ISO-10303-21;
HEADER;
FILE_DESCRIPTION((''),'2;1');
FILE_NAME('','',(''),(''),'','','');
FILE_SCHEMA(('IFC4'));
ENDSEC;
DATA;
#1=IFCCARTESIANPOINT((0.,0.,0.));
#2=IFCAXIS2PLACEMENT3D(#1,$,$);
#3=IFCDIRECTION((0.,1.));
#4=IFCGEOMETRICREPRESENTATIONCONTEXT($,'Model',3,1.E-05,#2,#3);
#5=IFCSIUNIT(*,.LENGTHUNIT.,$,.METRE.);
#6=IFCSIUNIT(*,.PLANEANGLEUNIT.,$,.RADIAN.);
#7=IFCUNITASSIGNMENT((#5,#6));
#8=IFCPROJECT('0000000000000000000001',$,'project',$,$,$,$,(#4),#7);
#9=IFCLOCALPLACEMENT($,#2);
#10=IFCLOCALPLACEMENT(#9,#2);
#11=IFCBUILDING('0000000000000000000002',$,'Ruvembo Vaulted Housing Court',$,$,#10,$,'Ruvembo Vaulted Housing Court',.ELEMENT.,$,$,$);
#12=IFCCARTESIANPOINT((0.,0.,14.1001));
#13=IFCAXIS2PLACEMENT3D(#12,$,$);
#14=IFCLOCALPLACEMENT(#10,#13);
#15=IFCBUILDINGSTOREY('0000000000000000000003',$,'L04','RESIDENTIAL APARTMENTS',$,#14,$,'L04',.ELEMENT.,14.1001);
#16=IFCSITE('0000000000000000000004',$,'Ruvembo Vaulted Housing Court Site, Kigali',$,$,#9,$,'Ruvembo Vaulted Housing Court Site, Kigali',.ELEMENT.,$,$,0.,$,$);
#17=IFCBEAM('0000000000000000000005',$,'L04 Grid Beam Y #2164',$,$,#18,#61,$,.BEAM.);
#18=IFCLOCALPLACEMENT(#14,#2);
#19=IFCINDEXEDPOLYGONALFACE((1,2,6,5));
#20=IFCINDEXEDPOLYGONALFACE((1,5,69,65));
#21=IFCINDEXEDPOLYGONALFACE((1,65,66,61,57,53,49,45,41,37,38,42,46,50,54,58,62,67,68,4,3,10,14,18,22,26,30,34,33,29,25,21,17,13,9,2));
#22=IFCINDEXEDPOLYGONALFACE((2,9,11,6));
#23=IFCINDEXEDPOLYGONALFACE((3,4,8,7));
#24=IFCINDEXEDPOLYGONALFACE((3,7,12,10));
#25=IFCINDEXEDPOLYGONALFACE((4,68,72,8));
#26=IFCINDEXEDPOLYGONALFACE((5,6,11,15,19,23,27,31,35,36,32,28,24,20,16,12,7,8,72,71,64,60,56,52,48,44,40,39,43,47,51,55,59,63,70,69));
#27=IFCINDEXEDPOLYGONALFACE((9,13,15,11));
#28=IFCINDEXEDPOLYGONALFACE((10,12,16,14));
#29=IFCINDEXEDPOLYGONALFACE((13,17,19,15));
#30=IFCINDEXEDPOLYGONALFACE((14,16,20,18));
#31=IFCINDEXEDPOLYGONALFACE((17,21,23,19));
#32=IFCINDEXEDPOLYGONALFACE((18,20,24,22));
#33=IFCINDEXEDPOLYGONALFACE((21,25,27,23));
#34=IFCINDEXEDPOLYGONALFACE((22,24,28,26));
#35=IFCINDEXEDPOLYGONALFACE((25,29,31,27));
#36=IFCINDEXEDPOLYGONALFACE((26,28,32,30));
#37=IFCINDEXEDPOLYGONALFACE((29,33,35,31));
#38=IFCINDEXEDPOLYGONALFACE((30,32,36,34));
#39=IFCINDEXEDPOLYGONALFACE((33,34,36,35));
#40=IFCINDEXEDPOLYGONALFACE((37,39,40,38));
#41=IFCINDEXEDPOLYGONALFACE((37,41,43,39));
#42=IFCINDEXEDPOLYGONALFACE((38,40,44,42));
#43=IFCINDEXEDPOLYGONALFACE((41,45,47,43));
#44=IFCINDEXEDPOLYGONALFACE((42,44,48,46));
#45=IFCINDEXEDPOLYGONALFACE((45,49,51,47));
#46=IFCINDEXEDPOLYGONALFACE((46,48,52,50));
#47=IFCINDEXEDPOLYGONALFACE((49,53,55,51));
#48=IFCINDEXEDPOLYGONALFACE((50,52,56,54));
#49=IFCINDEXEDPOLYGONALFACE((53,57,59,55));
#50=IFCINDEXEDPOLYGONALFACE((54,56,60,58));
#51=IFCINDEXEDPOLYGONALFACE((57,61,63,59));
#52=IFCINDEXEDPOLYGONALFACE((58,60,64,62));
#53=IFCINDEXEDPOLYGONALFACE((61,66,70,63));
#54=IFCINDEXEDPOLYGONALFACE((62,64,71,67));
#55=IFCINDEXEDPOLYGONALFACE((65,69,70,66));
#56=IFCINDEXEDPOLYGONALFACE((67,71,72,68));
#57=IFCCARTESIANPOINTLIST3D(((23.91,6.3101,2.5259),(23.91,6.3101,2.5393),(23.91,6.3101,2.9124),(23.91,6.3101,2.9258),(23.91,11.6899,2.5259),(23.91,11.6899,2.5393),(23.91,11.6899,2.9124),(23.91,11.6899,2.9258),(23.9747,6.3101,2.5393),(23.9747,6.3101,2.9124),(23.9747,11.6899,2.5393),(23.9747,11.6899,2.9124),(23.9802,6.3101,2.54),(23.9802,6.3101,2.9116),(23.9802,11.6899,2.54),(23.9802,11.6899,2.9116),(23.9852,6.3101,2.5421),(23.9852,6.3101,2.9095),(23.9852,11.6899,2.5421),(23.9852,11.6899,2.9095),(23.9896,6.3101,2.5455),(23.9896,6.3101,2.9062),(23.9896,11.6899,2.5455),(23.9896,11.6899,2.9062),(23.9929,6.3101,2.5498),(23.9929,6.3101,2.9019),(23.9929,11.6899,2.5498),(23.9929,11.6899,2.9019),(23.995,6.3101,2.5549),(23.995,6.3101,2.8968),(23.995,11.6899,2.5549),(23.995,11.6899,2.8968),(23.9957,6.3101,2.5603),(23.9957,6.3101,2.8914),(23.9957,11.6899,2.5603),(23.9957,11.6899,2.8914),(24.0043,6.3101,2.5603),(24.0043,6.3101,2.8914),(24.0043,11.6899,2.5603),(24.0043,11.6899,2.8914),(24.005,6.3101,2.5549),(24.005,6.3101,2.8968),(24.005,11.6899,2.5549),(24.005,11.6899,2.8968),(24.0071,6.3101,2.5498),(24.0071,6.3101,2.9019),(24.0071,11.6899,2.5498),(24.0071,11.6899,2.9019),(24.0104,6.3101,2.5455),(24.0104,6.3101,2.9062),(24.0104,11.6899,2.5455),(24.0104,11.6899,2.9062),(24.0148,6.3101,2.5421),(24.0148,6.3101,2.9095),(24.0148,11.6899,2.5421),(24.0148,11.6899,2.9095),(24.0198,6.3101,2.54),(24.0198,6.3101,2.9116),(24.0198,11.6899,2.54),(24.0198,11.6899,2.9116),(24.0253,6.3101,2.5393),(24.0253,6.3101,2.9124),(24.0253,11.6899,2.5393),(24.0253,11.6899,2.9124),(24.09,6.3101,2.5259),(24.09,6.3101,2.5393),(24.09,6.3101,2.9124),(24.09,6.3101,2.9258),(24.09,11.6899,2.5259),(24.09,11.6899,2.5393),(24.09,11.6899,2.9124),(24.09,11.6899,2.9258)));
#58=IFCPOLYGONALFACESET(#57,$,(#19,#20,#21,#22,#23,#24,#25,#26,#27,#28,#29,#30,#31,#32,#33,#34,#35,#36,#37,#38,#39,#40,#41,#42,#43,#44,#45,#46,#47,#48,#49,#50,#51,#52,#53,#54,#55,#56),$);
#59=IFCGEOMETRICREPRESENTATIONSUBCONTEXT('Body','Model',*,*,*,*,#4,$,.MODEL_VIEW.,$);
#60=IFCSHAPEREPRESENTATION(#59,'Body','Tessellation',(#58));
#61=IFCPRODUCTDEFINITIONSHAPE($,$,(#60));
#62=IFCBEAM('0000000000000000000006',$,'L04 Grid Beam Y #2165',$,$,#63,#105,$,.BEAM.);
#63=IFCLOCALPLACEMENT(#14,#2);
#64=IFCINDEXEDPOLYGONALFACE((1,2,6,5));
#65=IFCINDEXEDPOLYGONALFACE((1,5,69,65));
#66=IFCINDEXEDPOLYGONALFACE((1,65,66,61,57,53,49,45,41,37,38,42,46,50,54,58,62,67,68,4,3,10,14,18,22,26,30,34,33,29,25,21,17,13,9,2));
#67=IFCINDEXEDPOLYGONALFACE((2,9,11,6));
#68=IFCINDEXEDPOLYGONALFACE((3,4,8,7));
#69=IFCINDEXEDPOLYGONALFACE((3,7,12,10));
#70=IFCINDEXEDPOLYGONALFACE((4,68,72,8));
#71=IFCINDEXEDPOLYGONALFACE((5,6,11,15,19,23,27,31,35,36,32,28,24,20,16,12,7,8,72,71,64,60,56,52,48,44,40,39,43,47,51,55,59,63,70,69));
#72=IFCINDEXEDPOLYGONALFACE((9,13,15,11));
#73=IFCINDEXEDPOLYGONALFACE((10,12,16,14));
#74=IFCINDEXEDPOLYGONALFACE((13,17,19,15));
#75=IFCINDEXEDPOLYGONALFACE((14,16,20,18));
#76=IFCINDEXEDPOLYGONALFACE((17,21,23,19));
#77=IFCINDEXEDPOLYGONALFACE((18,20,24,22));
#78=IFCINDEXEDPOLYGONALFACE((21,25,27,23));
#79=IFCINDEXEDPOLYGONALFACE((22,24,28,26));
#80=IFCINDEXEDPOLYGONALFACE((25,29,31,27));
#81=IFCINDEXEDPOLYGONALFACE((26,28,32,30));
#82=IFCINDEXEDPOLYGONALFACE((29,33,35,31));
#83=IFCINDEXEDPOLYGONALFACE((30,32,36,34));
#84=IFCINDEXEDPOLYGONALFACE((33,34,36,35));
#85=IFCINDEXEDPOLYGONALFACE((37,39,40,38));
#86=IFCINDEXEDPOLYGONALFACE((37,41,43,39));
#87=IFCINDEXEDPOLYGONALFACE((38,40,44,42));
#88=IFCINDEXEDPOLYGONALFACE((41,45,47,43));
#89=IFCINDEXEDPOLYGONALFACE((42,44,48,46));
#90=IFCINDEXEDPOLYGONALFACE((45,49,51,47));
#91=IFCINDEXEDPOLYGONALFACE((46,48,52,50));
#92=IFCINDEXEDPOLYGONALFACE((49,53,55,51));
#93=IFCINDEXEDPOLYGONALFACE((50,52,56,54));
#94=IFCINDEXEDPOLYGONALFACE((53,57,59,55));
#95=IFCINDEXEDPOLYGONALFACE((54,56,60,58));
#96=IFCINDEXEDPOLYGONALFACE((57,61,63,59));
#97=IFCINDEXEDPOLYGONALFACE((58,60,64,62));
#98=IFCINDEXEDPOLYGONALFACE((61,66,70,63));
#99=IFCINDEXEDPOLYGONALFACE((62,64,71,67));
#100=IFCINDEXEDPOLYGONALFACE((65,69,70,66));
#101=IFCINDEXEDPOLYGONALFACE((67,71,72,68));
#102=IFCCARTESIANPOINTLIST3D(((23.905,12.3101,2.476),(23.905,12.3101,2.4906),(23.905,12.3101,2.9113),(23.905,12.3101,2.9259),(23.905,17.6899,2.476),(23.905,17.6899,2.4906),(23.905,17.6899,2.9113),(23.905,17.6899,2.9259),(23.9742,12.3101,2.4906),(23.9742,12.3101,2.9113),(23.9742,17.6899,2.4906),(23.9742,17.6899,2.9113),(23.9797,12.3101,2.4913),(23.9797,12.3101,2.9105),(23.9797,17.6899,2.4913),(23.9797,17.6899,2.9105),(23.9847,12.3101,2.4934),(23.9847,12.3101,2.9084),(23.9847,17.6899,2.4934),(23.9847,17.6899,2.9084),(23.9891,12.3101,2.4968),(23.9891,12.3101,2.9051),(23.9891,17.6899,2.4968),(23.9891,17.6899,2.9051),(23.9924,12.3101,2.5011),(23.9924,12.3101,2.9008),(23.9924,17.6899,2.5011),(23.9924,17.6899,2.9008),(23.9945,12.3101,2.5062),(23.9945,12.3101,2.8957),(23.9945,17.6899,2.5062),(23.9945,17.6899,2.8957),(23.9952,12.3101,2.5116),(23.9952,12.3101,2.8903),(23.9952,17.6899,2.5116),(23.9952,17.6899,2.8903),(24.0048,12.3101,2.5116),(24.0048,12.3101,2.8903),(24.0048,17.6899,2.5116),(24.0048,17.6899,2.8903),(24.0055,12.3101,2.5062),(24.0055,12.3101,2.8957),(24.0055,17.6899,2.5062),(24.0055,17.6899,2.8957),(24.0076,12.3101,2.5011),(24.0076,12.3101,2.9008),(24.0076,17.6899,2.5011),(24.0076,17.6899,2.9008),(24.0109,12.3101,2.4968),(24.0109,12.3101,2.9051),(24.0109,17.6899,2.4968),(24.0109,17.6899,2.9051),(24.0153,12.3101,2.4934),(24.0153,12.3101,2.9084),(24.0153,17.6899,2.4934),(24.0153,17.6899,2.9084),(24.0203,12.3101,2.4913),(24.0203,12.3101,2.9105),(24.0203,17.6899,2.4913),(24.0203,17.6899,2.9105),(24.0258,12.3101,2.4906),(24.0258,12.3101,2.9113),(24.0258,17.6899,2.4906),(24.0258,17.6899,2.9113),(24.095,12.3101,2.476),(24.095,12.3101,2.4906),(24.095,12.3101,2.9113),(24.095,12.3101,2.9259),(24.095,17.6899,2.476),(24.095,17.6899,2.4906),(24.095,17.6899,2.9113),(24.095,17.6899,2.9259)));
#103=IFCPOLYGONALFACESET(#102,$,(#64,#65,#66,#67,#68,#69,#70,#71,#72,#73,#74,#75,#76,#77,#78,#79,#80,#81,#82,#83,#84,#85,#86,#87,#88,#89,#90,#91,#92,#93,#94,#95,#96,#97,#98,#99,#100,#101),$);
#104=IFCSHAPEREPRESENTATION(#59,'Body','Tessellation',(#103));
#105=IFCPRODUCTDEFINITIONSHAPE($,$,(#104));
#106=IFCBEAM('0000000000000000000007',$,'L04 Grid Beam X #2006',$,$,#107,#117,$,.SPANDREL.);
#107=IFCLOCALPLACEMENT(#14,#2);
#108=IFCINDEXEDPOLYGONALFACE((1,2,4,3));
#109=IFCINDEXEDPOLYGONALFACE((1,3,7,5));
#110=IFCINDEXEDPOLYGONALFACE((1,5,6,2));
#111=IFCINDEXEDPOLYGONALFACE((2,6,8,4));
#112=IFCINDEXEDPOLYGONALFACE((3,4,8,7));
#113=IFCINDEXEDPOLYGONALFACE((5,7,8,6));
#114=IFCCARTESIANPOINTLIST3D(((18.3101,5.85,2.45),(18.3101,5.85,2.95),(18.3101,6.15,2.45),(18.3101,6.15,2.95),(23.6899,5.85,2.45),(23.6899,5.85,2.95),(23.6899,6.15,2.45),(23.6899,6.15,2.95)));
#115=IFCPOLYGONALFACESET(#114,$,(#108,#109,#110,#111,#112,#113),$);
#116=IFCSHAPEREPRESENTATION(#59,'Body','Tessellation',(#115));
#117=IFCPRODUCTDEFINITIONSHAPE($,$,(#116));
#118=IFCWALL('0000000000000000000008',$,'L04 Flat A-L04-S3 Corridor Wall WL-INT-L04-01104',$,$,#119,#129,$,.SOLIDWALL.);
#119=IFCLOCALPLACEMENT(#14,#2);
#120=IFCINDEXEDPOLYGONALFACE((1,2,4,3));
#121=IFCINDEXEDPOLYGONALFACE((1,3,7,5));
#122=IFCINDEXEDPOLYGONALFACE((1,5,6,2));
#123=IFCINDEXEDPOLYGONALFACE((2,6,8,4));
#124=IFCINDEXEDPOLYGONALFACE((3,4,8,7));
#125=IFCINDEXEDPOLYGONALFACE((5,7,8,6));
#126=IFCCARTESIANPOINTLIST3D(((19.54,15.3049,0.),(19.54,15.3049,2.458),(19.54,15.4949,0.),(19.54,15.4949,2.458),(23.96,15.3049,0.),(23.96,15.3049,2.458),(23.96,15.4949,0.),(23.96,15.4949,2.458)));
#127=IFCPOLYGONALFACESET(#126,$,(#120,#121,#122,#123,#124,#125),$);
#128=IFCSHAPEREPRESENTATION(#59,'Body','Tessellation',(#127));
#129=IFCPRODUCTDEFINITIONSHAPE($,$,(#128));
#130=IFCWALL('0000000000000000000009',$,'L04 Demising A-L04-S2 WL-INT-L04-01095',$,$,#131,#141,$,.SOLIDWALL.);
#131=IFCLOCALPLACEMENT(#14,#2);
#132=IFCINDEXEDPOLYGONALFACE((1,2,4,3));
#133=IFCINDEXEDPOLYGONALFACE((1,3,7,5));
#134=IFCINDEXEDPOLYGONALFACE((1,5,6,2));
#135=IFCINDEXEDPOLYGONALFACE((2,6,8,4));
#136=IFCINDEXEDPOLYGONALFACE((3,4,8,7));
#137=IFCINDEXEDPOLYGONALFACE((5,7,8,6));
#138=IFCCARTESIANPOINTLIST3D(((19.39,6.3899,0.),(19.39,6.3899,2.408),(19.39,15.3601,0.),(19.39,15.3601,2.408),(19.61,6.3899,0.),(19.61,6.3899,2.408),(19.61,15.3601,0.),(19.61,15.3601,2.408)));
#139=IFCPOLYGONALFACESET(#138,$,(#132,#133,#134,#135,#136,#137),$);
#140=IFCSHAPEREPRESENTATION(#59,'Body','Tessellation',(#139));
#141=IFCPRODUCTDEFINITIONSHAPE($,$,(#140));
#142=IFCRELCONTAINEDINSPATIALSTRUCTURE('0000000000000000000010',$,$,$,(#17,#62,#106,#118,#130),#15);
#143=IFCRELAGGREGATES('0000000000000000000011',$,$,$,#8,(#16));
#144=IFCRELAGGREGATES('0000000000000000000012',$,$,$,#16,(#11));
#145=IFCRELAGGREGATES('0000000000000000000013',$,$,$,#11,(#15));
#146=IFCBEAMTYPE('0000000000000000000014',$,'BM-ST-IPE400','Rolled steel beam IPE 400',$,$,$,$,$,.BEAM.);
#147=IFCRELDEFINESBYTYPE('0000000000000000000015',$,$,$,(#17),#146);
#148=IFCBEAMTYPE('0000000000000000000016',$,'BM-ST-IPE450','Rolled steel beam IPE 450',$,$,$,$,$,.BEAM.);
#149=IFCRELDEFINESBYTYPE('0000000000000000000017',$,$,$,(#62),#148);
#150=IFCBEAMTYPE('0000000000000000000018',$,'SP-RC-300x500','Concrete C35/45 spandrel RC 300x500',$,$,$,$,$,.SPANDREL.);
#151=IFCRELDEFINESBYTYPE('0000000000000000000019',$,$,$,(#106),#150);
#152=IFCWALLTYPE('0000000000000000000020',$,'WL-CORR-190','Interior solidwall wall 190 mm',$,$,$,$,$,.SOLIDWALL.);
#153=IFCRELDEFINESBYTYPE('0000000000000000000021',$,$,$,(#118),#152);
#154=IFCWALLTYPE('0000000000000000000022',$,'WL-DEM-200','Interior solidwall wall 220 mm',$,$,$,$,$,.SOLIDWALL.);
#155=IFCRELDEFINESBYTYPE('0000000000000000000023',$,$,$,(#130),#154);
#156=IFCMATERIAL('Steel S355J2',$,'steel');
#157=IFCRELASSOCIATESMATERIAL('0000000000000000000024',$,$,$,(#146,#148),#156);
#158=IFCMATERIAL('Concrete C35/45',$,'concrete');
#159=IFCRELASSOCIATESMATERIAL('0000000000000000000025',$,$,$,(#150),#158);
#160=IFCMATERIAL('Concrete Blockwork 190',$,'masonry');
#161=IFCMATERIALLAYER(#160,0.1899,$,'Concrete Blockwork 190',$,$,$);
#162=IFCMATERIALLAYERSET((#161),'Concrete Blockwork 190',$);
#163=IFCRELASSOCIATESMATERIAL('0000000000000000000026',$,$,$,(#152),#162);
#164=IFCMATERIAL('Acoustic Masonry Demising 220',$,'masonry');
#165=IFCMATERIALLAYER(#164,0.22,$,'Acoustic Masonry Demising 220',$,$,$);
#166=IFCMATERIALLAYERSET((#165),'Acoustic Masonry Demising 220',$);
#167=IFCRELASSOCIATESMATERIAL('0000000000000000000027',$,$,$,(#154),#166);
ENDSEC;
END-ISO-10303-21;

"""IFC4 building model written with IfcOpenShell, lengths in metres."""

from ifc_helpers import new_model, si_unit, direction, frame, frame_2d, origin, origin_2d, place, context, subcontext, project, spatial, rectangle, i_section, extrude, material, layer, layer_set, material_profile, profile_set, type_object, element, save


model = new_model("IFC4")

# Units and contexts
model_context = context("Model", 3, precision=1e-05, world=origin(), true_north=direction((0.0, 1.0)))
body_context = subcontext(model_context, "Body", "Model", "MODEL_VIEW")
ifc_project = project(units=[si_unit("LENGTHUNIT", "METRE"), si_unit("PLANEANGLEUNIT", "RADIAN")], contexts=[model_context])

# Site, building, storey
site_placement = place(None, origin())
site = spatial("IfcSite", under=ifc_project, at=site_placement, Name="Ruvembo Vaulted Housing Court Site, Kigali", LongName="Ruvembo Vaulted Housing Court Site, Kigali", CompositionType="ELEMENT", RefElevation=0.0)
building_placement = place(site_placement, origin())
building = spatial("IfcBuilding", under=site, at=building_placement, Name="Ruvembo Vaulted Housing Court", LongName="Ruvembo Vaulted Housing Court", CompositionType="ELEMENT")
storey_placement = place(building_placement, frame((0.0, 0.0, 14.1001)))
storey = spatial("IfcBuildingStorey", under=building, at=storey_placement, Name="L04", Description="RESIDENTIAL APARTMENTS", LongName="L04", CompositionType="ELEMENT", Elevation=14.1001)

# Beams
ifc_material_1 = material(Name="Steel S355J2", Category="steel")
ifc_material_profile_1 = material_profile(ifc_material_1, i_section(OverallWidth=0.1799, OverallDepth=0.3999, WebThickness=0.0085, FlangeThickness=0.0134, FilletRadius=0.021, at=origin_2d()), Name="IPE 400")
ifc_profile_set_1 = profile_set([ifc_material_profile_1], Name="Steel S355J2")
beam_type_1 = type_object("IfcBeamType", Name="BM-ST-IPE400", Description="Rolled steel beam IPE 400", PredefinedType="BEAM", material=ifc_profile_set_1)
for number, where, z_axis, x_axis, name in (
    (1, (24.0, 6.3101, 2.7258), (0.0, 1.0, 0.0), (-1.0, 0.0, 0.0), "L04 Grid Beam Y #2164"),
):
    element("IfcBeam", number, at=place(storey_placement, frame(where, z_axis=z_axis, x_axis=x_axis)), inside=storey, type_object=beam_type_1, Name=name, PredefinedType="BEAM", context=body_context, shape_type="SweptSolid", body=[
        extrude(i_section(OverallWidth=0.1799, OverallDepth=0.3999, WebThickness=0.0085, FlangeThickness=0.0134, FilletRadius=0.021, at=origin_2d()), origin(), (0.0, 0.0, 1.0), 5.3799),
    ])
ifc_material_profile_2 = material_profile(ifc_material_1, i_section(OverallWidth=0.1899, OverallDepth=0.45, WebThickness=0.0095, FlangeThickness=0.0146, FilletRadius=0.021, at=origin_2d()), Name="IPE 450")
ifc_profile_set_2 = profile_set([ifc_material_profile_2], Name="Steel S355J2")
beam_type_2 = type_object("IfcBeamType", Name="BM-ST-IPE450", Description="Rolled steel beam IPE 450", PredefinedType="BEAM", material=ifc_profile_set_2)
beam_1_placement = place(storey_placement, frame((24.0, 12.3101, 2.7009), z_axis=(0.0, 1.0, 0.0), x_axis=(-1.0, 0.0, 0.0)))
element("IfcBeam", 2, at=beam_1_placement, inside=storey, type_object=beam_type_2, Name="L04 Grid Beam Y #2165", PredefinedType="BEAM", context=body_context, shape_type="SweptSolid", body=[
    extrude(i_section(OverallWidth=0.1899, OverallDepth=0.45, WebThickness=0.0095, FlangeThickness=0.0146, FilletRadius=0.021, at=origin_2d()), origin(), (0.0, 0.0, 1.0), 5.3799),
])
ifc_material_2 = material(Name="Concrete C35/45", Category="concrete")
ifc_material_profile_3 = material_profile(ifc_material_2, rectangle(XDim=0.3, YDim=0.5, at=origin_2d()), Name="RC 300x500")
ifc_profile_set_3 = profile_set([ifc_material_profile_3], Name="Concrete C35/45")
beam_type_3 = type_object("IfcBeamType", Name="SP-RC-300x500", Description="Concrete C35/45 spandrel RC 300x500", PredefinedType="SPANDREL", material=ifc_profile_set_3)
beam_2_placement = place(storey_placement, frame((18.3101, 6.0, 2.7), z_axis=(1.0, 0.0, 0.0), x_axis=(0.0, 1.0, 0.0)))
element("IfcBeam", 3, at=beam_2_placement, inside=storey, type_object=beam_type_3, Name="L04 Grid Beam X #2006", PredefinedType="SPANDREL", context=body_context, shape_type="SweptSolid", body=[
    extrude(rectangle(XDim=0.3, YDim=0.5, at=origin_2d()), origin(), (0.0, 0.0, 1.0), 5.3799),
])

# Walls
ifc_material_3 = material(Name="Concrete Blockwork 190", Category="masonry")
ifc_layer_1 = layer(ifc_material_3, 0.1899, Name="Concrete Blockwork 190")
ifc_layer_set_1 = layer_set([ifc_layer_1], Name="Concrete Blockwork 190")
wall_type_1 = type_object("IfcWallType", Name="WL-CORR-190", Description="Interior solidwall wall 190 mm", PredefinedType="SOLIDWALL", material=ifc_layer_set_1)
wall_1_placement = place(storey_placement, frame((19.54, 15.3999, 0.0), z_axis=(0.0, 0.0, 1.0), x_axis=(1.0, 0.0, 0.0)))
element("IfcWall", 4, at=wall_1_placement, inside=storey, type_object=wall_type_1, Name="L04 Flat A-L04-S3 Corridor Wall WL-INT-L04-01104", PredefinedType="SOLIDWALL", context=body_context, shape_type="SweptSolid", body=[
    extrude(rectangle(XDim=4.4199, YDim=0.1899, at=frame_2d((2.21, 0.0))), origin(), (0.0, 0.0, 1.0), 2.458),
])
ifc_material_4 = material(Name="Acoustic Masonry Demising 220", Category="masonry")
ifc_layer_2 = layer(ifc_material_4, 0.22, Name="Acoustic Masonry Demising 220")
ifc_layer_set_2 = layer_set([ifc_layer_2], Name="Acoustic Masonry Demising 220")
wall_type_2 = type_object("IfcWallType", Name="WL-DEM-200", Description="Interior solidwall wall 220 mm", PredefinedType="SOLIDWALL", material=ifc_layer_set_2)
wall_2_placement = place(storey_placement, frame((19.5, 6.3899, 0.0), z_axis=(0.0, 0.0, 1.0), x_axis=(0.0, 1.0, 0.0)))
element("IfcWall", 5, at=wall_2_placement, inside=storey, type_object=wall_type_2, Name="L04 Demising A-L04-S2 WL-INT-L04-01095", PredefinedType="SOLIDWALL", context=body_context, shape_type="SweptSolid", body=[
    extrude(rectangle(XDim=8.9702, YDim=0.22, at=frame_2d((4.4851, 0.0))), origin(), (0.0, 0.0, 1.0), 2.408),
])

save(model, "model.ifc")
